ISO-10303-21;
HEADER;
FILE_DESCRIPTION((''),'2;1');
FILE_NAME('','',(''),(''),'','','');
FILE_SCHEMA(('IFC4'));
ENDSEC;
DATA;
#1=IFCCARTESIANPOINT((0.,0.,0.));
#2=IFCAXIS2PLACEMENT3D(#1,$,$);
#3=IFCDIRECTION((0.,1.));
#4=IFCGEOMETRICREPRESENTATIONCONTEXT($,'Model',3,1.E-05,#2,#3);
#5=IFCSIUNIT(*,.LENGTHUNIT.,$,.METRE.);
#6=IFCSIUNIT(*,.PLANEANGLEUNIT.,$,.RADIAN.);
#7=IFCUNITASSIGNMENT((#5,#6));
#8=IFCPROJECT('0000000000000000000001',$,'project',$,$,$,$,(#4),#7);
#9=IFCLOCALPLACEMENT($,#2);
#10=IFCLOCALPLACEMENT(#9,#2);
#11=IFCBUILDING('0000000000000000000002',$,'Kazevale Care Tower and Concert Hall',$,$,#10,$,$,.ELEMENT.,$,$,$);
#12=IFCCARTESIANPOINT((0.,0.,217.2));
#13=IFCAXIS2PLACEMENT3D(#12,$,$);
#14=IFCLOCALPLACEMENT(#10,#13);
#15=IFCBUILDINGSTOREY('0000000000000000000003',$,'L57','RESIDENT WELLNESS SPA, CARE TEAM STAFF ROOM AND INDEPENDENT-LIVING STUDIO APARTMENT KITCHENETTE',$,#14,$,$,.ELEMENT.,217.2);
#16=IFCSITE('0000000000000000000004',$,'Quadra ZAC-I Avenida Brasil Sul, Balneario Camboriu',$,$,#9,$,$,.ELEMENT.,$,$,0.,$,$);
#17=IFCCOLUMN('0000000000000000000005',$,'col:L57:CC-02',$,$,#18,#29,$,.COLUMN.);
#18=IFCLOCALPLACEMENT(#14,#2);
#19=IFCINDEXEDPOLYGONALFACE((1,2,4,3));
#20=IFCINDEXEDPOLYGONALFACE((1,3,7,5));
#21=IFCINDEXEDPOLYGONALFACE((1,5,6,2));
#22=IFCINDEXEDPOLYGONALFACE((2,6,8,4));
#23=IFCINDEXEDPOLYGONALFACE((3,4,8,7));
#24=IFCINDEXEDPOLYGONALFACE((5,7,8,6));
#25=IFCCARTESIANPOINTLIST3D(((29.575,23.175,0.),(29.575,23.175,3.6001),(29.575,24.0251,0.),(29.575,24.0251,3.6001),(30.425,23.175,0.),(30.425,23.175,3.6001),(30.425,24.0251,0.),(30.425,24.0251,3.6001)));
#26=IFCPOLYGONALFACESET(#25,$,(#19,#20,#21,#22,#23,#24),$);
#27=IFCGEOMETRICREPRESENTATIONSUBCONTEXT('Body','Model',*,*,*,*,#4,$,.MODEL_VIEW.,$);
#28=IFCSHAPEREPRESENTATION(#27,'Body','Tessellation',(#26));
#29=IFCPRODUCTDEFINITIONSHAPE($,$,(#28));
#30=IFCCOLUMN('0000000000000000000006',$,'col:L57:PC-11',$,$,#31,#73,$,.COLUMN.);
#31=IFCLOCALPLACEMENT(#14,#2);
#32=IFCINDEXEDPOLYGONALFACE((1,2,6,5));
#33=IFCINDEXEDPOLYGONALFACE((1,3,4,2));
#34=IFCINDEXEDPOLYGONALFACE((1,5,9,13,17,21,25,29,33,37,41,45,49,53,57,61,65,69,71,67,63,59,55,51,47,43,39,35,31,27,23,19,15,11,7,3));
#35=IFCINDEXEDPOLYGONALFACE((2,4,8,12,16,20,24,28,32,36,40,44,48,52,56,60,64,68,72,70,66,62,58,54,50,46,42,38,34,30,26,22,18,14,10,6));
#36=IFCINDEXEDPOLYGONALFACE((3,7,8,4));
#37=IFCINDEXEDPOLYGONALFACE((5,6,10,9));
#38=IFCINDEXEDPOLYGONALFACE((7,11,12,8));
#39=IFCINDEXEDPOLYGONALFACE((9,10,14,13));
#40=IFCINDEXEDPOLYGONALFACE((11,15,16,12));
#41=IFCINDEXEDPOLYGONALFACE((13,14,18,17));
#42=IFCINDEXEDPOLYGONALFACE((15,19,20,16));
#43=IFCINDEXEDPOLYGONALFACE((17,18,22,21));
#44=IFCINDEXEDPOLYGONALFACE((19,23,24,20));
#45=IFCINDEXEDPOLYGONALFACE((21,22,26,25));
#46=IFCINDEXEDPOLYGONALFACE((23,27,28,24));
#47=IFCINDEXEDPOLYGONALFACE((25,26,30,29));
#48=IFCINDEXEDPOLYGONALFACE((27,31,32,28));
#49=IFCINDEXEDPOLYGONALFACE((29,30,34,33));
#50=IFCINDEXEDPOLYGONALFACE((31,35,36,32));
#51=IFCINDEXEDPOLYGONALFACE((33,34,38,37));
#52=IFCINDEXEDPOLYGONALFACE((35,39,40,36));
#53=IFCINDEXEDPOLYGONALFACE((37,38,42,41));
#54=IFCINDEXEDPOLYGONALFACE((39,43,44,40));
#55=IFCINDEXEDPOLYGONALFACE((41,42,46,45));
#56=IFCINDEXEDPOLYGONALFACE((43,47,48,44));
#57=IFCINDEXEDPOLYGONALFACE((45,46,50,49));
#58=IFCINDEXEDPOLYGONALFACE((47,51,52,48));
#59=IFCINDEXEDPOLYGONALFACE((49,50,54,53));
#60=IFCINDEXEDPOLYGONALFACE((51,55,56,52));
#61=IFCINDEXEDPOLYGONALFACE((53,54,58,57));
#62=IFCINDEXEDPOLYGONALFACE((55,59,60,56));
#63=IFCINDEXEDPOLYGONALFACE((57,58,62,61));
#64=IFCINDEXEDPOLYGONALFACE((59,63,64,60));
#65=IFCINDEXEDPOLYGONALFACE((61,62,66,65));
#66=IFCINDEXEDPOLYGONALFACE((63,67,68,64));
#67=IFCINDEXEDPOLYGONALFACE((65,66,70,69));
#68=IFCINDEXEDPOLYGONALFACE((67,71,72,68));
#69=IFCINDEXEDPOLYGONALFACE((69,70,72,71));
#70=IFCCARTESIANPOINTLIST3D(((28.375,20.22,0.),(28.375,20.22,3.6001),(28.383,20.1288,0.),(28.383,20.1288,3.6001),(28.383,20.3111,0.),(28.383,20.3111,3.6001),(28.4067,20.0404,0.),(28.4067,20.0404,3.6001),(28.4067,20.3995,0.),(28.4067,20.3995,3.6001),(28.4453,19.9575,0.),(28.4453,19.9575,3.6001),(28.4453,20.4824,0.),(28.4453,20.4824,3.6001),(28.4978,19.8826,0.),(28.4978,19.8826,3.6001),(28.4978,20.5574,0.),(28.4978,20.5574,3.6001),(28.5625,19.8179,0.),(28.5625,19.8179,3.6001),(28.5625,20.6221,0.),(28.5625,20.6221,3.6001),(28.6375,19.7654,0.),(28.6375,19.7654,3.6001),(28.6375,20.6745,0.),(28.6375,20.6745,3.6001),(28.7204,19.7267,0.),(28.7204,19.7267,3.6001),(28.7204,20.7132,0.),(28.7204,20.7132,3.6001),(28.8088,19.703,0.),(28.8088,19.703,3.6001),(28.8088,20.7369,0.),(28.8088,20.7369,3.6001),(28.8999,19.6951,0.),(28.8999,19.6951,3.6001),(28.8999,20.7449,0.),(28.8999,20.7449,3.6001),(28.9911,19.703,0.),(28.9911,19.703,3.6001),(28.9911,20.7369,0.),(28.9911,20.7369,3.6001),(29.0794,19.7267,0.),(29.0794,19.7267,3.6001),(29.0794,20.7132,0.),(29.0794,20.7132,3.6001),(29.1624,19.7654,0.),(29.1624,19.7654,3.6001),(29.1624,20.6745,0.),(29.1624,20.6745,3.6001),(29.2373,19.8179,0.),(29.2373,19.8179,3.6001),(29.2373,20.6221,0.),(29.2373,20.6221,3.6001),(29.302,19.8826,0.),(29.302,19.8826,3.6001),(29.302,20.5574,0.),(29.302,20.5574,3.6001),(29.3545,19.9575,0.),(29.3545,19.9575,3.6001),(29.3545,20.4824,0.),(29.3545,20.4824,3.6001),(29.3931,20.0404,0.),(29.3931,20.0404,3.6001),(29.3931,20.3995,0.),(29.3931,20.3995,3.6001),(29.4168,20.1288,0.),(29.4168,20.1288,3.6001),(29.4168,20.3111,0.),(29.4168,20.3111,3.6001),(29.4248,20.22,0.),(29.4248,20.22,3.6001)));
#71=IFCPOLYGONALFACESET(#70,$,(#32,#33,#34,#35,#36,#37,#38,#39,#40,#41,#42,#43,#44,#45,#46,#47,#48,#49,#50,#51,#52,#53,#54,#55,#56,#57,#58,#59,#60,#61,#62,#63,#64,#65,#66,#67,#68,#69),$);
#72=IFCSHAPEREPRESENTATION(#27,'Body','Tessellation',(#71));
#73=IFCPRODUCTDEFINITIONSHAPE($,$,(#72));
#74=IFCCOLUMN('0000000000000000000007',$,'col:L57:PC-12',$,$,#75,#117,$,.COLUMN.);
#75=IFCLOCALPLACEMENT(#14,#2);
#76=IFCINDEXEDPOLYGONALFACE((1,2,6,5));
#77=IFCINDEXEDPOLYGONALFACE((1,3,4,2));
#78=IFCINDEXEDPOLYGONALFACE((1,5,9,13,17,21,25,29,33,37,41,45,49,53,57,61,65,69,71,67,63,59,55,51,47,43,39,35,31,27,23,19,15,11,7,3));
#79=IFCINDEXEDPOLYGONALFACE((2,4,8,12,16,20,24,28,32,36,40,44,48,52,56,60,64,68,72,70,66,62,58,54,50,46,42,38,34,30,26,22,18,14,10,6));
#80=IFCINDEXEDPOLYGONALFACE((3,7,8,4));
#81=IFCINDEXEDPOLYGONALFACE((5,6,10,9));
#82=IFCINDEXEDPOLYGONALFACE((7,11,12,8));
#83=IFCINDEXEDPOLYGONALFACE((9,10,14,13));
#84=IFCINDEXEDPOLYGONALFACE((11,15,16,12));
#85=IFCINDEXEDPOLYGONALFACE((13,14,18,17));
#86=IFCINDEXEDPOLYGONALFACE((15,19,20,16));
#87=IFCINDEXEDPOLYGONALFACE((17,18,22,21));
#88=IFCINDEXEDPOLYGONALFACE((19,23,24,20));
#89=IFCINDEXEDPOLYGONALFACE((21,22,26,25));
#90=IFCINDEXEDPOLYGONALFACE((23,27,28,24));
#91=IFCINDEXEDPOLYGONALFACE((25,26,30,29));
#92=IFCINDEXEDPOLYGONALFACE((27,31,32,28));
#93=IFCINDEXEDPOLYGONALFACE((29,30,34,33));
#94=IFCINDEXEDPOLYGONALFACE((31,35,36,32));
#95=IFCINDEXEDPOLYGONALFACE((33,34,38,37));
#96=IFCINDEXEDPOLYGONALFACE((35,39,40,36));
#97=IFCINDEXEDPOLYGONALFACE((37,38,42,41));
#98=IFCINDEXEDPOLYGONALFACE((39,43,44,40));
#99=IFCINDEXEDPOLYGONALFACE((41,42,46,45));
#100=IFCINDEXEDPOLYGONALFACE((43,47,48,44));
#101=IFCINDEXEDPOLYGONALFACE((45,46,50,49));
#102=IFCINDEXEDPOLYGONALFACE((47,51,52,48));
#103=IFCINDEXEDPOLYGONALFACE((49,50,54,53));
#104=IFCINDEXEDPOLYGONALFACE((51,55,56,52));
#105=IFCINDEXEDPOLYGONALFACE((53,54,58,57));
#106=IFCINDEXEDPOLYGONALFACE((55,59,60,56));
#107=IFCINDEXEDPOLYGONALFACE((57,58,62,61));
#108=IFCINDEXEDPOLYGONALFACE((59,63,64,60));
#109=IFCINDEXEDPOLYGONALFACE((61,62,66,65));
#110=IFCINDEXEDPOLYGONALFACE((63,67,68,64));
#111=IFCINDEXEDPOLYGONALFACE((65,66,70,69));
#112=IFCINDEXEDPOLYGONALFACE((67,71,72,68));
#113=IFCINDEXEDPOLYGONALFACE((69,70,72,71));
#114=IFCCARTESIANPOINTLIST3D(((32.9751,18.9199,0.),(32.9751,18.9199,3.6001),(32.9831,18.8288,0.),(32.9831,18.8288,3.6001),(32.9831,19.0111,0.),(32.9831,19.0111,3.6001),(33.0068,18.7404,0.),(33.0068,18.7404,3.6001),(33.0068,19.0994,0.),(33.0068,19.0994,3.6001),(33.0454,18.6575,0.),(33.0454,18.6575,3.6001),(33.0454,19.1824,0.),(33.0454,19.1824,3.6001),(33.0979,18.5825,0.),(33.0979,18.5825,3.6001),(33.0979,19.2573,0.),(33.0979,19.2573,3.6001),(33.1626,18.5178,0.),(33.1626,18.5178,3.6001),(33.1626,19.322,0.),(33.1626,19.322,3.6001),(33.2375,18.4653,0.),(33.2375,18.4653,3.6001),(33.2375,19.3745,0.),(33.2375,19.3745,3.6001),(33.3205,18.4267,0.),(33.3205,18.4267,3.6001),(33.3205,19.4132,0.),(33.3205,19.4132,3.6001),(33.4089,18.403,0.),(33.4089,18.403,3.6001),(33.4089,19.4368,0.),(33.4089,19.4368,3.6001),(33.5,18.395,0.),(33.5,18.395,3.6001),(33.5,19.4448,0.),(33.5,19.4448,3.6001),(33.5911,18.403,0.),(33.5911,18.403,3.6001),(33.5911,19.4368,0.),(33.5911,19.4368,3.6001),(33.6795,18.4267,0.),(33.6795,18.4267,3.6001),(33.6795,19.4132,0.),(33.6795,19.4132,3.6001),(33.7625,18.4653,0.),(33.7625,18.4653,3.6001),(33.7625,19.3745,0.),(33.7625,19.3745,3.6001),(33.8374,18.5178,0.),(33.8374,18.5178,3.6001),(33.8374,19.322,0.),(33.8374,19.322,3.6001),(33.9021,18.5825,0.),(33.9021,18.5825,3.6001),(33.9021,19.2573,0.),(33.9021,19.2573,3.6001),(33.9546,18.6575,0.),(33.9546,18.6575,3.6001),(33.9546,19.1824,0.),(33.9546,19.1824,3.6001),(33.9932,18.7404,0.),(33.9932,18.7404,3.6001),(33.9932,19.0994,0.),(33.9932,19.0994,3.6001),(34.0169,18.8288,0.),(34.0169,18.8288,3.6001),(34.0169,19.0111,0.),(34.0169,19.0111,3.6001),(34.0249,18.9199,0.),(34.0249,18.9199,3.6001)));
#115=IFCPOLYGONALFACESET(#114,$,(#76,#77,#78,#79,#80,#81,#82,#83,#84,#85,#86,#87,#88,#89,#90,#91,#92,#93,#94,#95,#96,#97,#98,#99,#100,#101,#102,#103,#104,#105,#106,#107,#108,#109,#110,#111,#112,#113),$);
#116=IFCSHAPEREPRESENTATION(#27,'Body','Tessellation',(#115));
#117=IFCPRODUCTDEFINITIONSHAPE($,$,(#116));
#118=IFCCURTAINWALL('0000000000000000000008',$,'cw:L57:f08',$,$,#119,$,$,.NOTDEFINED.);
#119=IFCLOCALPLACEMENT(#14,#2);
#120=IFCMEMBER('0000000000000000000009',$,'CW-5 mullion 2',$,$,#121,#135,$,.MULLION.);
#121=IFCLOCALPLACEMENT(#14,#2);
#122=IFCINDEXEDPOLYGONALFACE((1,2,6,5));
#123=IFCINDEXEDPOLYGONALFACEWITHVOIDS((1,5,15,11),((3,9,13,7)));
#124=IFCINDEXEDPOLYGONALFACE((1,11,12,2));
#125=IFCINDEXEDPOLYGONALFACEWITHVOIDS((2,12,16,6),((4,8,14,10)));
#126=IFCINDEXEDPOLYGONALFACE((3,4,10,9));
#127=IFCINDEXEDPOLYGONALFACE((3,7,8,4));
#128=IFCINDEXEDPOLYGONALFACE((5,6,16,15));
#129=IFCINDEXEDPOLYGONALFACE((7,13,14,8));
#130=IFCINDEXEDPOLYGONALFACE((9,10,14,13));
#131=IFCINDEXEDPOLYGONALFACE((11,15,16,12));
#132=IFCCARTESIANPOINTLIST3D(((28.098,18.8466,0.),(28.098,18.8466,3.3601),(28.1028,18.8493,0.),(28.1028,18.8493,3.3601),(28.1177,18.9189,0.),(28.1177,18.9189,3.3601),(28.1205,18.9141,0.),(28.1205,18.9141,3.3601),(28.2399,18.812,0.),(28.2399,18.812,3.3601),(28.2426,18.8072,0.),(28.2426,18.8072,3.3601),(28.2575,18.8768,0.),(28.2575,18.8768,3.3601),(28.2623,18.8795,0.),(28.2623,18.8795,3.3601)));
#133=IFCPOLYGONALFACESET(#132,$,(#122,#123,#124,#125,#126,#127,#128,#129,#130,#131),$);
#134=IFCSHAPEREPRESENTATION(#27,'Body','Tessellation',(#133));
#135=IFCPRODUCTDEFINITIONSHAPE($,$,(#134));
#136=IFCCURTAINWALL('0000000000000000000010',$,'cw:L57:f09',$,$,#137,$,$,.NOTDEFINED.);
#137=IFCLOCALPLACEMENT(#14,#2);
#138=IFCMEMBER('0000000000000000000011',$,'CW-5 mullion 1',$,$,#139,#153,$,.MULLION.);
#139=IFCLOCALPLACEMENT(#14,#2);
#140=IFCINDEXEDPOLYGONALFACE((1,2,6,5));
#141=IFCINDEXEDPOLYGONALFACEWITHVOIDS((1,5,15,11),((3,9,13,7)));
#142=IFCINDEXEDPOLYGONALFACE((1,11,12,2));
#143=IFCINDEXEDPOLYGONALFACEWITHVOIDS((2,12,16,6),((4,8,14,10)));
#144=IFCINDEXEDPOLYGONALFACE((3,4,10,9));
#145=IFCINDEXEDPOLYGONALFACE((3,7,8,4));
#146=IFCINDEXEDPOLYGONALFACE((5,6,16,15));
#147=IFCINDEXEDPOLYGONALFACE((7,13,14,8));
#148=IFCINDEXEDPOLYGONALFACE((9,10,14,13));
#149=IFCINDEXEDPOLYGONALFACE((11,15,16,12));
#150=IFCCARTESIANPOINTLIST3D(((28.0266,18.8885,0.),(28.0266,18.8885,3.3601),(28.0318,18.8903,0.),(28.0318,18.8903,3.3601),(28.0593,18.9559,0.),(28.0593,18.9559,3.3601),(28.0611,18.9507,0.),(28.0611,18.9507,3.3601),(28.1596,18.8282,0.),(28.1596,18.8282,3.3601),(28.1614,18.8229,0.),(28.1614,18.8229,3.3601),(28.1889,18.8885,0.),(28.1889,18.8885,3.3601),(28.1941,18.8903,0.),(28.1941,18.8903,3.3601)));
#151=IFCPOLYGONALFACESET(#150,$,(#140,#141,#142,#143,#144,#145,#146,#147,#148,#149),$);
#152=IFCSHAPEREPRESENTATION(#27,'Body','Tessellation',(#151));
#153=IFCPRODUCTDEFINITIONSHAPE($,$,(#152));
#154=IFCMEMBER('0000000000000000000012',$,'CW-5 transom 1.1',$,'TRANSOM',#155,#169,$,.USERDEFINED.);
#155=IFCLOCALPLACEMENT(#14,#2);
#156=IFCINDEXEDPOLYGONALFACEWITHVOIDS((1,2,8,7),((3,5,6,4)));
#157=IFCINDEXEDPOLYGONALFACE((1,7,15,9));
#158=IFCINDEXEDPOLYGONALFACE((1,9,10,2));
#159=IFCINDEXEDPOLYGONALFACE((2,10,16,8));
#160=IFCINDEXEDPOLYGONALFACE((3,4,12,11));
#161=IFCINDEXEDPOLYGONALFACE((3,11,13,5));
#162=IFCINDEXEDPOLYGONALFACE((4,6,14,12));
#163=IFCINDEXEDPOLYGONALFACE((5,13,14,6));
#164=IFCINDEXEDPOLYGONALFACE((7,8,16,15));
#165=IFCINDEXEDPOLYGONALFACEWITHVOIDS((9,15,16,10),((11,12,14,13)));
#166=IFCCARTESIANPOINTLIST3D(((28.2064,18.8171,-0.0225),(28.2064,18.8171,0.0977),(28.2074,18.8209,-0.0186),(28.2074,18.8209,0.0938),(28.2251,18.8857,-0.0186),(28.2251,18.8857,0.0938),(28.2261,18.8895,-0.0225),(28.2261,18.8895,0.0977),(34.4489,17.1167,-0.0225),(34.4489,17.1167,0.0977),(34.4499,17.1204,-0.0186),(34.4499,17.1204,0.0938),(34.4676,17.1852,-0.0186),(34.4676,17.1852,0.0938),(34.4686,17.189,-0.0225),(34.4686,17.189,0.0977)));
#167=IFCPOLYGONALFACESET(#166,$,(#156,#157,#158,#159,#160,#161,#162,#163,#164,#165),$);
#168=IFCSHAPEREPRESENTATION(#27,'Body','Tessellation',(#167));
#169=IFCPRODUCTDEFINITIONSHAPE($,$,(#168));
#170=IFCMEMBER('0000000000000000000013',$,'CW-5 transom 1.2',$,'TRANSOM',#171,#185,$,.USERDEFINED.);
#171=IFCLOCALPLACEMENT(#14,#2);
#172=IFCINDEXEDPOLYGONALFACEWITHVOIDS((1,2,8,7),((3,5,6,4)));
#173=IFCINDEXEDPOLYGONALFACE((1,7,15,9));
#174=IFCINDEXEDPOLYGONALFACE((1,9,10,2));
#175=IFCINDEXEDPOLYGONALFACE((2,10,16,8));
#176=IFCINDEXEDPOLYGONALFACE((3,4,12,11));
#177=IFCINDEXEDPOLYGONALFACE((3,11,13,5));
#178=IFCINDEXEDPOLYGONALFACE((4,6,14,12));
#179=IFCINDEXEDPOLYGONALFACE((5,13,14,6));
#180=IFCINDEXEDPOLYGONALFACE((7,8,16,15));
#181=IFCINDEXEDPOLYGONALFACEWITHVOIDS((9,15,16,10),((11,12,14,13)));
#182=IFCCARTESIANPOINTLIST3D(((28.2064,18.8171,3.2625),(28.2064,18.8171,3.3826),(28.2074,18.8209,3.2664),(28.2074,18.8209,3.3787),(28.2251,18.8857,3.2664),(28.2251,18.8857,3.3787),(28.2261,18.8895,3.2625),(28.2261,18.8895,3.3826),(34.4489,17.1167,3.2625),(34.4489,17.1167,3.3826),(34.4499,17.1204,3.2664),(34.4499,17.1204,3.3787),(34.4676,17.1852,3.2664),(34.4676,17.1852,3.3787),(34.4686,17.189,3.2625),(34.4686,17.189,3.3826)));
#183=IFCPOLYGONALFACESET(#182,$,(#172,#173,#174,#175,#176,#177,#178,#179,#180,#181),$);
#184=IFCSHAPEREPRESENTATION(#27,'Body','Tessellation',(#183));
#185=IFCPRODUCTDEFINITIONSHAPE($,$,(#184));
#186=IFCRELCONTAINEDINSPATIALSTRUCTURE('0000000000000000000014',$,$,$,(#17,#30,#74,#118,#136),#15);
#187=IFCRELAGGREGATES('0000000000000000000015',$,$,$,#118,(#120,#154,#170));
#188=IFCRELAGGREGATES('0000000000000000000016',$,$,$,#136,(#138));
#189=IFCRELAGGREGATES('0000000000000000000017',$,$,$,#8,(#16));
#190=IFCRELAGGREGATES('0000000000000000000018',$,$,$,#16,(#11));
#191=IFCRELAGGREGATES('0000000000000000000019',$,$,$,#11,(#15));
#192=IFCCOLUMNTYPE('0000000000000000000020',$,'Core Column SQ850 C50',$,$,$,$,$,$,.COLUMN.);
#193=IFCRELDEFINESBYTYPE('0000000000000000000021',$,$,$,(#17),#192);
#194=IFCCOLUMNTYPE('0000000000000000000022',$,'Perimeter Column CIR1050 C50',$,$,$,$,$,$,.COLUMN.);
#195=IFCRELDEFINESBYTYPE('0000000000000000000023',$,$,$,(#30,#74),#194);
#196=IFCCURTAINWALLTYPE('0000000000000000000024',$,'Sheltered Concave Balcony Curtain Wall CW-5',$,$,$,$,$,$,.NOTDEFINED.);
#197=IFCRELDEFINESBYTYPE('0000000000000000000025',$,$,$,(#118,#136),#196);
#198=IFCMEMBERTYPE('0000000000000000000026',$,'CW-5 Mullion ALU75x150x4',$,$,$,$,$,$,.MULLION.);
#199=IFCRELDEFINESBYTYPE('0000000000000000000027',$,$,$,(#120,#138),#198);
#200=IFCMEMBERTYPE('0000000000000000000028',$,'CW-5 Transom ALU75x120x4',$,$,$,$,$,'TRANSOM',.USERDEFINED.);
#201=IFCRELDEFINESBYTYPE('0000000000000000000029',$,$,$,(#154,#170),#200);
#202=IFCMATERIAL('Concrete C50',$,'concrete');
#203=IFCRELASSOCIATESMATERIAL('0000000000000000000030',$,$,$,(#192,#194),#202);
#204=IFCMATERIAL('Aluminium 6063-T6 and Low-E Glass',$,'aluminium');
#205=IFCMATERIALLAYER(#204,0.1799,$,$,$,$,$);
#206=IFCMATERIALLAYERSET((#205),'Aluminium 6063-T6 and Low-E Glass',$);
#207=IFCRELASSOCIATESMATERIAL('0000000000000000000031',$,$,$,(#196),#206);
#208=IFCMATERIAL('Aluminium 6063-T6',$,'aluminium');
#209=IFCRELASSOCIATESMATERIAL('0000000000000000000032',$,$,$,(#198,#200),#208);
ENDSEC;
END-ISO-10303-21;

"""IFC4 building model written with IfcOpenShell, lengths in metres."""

from ifc_helpers import new_model, si_unit, direction, frame, origin, origin_2d, place, context, subcontext, project, spatial, rectangle, hollow_rectangle, circle, extrude, material, layer, layer_set, material_profile, profile_set, type_object, element, aggregate, save


model = new_model("IFC4")

# Units and contexts
model_context = context("Model", 3, precision=1e-05, world=origin(), true_north=direction((0.0, 1.0)))
body_context = subcontext(model_context, "Body", "Model", "MODEL_VIEW")
ifc_project = project(units=[si_unit("LENGTHUNIT", "METRE"), si_unit("PLANEANGLEUNIT", "RADIAN")], contexts=[model_context])

# Site, building, storey
site_placement = place(None, origin())
site = spatial("IfcSite", under=ifc_project, at=site_placement, Name="Quadra ZAC-I Avenida Brasil Sul, Balneario Camboriu", CompositionType="ELEMENT", RefElevation=0.0)
building_placement = place(site_placement, origin())
building = spatial("IfcBuilding", under=site, at=building_placement, Name="Kazevale Care Tower and Concert Hall", CompositionType="ELEMENT")
storey_placement = place(building_placement, frame((0.0, 0.0, 217.2)))
storey = spatial("IfcBuildingStorey", under=building, at=storey_placement, Name="L57", Description="RESIDENT WELLNESS SPA, CARE TEAM STAFF ROOM AND INDEPENDENT-LIVING STUDIO APARTMENT KITCHENETTE", CompositionType="ELEMENT", Elevation=217.2)

# Columns
ifc_material_1 = material(Name="Concrete C50", Category="concrete")
ifc_material_profile_1 = material_profile(ifc_material_1, rectangle(XDim=0.8501, YDim=0.8501, at=origin_2d()), Name="RC-SQ850")
ifc_profile_set_1 = profile_set([ifc_material_profile_1], Name="Concrete C50")
column_type_1 = type_object("IfcColumnType", Name="Core Column SQ850 C50", PredefinedType="COLUMN", material=ifc_profile_set_1)
column_placement = place(storey_placement, frame((30.0, 23.6001, 0.0), z_axis=(0.0, 0.0, 1.0), x_axis=(1.0, 0.0, 0.0)))
element("IfcColumn", 1, at=column_placement, inside=storey, type_object=column_type_1, Name="col:L57:CC-02", PredefinedType="COLUMN", context=body_context, shape_type="SweptSolid", body=[
    extrude(rectangle(XDim=0.8501, YDim=0.8501, at=origin_2d()), origin(), (0.0, 0.0, 1.0), 3.6001),
])
ifc_material_profile_2 = material_profile(ifc_material_1, circle(Radius=0.5249, at=origin_2d()), Name="RC-CIR1050")
ifc_profile_set_2 = profile_set([ifc_material_profile_2], Name="Concrete C50")
column_type_2 = type_object("IfcColumnType", Name="Perimeter Column CIR1050 C50", PredefinedType="COLUMN", material=ifc_profile_set_2)
for number, where, z_axis, x_axis, name in (
    (2, (28.8999, 20.22, 0.0), (0.0, 0.0, 1.0), (1.0, 0.0, 0.0), "col:L57:PC-11"),
    (3, (33.5, 18.9199, 0.0), (0.0, 0.0, 1.0), (1.0, 0.0, 0.0), "col:L57:PC-12"),
):
    element("IfcColumn", number, at=place(storey_placement, frame(where, z_axis=z_axis, x_axis=x_axis)), inside=storey, type_object=column_type_2, Name=name, PredefinedType="COLUMN", context=body_context, shape_type="SweptSolid", body=[
        extrude(circle(Radius=0.5249, at=origin_2d()), origin(), (0.0, 0.0, 1.0), 3.6001),
    ])

# Curtain walls, members
ifc_material_2 = material(Name="Aluminium 6063-T6 and Low-E Glass", Category="aluminium")
ifc_layer_1 = layer(ifc_material_2, 0.1799)
ifc_layer_set_1 = layer_set([ifc_layer_1], Name="Aluminium 6063-T6 and Low-E Glass")
curtain_wall_type = type_object("IfcCurtainWallType", Name="Sheltered Concave Balcony Curtain Wall CW-5", PredefinedType="NOTDEFINED", material=ifc_layer_set_1)
curtain_wall_1_placement = place(storey_placement, origin())
curtain_wall_1 = element("IfcCurtainWall", 4, at=curtain_wall_1_placement, inside=storey, type_object=curtain_wall_type, Name="cw:L57:f08", PredefinedType="NOTDEFINED")
ifc_material_3 = material(Name="Aluminium 6063-T6", Category="aluminium")
ifc_material_profile_3 = material_profile(ifc_material_3, hollow_rectangle(XDim=0.075, YDim=0.1499, WallThickness=0.0039, at=origin_2d()), Name="ALU75x150x4")
ifc_profile_set_3 = profile_set([ifc_material_profile_3], Name="Aluminium 6063-T6")
member_type_1 = type_object("IfcMemberType", Name="CW-5 Mullion ALU75x150x4", PredefinedType="MULLION", material=ifc_profile_set_3)
member_1_placement = place(storey_placement, frame((28.1802, 18.863, 0.0), z_axis=(0.0, 0.0, 1.0), x_axis=(-0.262849, -0.964837, 0.0)))
member_1 = element("IfcMember", 5, at=member_1_placement, type_object=member_type_1, Name="CW-5 mullion 2", PredefinedType="MULLION", context=body_context, shape_type="SweptSolid", body=[
    extrude(hollow_rectangle(XDim=0.075, YDim=0.1499, WallThickness=0.0039, at=origin_2d()), origin(), (0.0, 0.0, 1.0), 3.3601),
])
curtain_wall_2_placement = place(storey_placement, origin())
curtain_wall_2 = element("IfcCurtainWall", 6, at=curtain_wall_2_placement, inside=storey, type_object=curtain_wall_type, Name="cw:L57:f09", PredefinedType="NOTDEFINED")
member_2_placement = place(storey_placement, frame((28.1104, 18.8894, 0.0), z_axis=(0.0, 0.0, 1.0), x_axis=(-0.437238, -0.899346, 0.0)))
member_2 = element("IfcMember", 7, at=member_2_placement, type_object=member_type_1, Name="CW-5 mullion 1", PredefinedType="MULLION", context=body_context, shape_type="SweptSolid", body=[
    extrude(hollow_rectangle(XDim=0.075, YDim=0.1499, WallThickness=0.0039, at=origin_2d()), origin(), (0.0, 0.0, 1.0), 3.3601),
])

# Members
ifc_material_profile_4 = material_profile(ifc_material_3, hollow_rectangle(XDim=0.075, YDim=0.1201, WallThickness=0.0039, at=origin_2d()), Name="ALU75x120x4")
ifc_profile_set_4 = profile_set([ifc_material_profile_4], Name="Aluminium 6063-T6")
member_type_2 = type_object("IfcMemberType", Name="CW-5 Transom ALU75x120x4", ElementType="TRANSOM", PredefinedType="USERDEFINED", material=ifc_profile_set_4)
member_3_placement = place(storey_placement, frame((34.4587, 17.1528, 0.0376), z_axis=(-0.964844, 0.262824, 0.0), x_axis=(-0.262824, -0.964844, 0.0)))
member_3 = element("IfcMember", 8, at=member_3_placement, type_object=member_type_2, Name="CW-5 transom 1.1", ObjectType="TRANSOM", PredefinedType="USERDEFINED", context=body_context, shape_type="SweptSolid", body=[
    extrude(hollow_rectangle(XDim=0.075, YDim=0.1201, WallThickness=0.0039, at=origin_2d()), origin(), (0.0, 0.0, 1.0), 6.47),
])
member_4_placement = place(storey_placement, frame((34.4587, 17.1528, 3.3225), z_axis=(-0.964844, 0.262824, 0.0), x_axis=(-0.262824, -0.964844, 0.0)))
member_4 = element("IfcMember", 9, at=member_4_placement, type_object=member_type_2, Name="CW-5 transom 1.2", ObjectType="TRANSOM", PredefinedType="USERDEFINED", context=body_context, shape_type="SweptSolid", body=[
    extrude(hollow_rectangle(XDim=0.075, YDim=0.1201, WallThickness=0.0039, at=origin_2d()), origin(), (0.0, 0.0, 1.0), 6.47),
])

aggregate(curtain_wall_1, [member_1, member_3, member_4])
aggregate(curtain_wall_2, [member_2])

save(model, "model.ifc")
